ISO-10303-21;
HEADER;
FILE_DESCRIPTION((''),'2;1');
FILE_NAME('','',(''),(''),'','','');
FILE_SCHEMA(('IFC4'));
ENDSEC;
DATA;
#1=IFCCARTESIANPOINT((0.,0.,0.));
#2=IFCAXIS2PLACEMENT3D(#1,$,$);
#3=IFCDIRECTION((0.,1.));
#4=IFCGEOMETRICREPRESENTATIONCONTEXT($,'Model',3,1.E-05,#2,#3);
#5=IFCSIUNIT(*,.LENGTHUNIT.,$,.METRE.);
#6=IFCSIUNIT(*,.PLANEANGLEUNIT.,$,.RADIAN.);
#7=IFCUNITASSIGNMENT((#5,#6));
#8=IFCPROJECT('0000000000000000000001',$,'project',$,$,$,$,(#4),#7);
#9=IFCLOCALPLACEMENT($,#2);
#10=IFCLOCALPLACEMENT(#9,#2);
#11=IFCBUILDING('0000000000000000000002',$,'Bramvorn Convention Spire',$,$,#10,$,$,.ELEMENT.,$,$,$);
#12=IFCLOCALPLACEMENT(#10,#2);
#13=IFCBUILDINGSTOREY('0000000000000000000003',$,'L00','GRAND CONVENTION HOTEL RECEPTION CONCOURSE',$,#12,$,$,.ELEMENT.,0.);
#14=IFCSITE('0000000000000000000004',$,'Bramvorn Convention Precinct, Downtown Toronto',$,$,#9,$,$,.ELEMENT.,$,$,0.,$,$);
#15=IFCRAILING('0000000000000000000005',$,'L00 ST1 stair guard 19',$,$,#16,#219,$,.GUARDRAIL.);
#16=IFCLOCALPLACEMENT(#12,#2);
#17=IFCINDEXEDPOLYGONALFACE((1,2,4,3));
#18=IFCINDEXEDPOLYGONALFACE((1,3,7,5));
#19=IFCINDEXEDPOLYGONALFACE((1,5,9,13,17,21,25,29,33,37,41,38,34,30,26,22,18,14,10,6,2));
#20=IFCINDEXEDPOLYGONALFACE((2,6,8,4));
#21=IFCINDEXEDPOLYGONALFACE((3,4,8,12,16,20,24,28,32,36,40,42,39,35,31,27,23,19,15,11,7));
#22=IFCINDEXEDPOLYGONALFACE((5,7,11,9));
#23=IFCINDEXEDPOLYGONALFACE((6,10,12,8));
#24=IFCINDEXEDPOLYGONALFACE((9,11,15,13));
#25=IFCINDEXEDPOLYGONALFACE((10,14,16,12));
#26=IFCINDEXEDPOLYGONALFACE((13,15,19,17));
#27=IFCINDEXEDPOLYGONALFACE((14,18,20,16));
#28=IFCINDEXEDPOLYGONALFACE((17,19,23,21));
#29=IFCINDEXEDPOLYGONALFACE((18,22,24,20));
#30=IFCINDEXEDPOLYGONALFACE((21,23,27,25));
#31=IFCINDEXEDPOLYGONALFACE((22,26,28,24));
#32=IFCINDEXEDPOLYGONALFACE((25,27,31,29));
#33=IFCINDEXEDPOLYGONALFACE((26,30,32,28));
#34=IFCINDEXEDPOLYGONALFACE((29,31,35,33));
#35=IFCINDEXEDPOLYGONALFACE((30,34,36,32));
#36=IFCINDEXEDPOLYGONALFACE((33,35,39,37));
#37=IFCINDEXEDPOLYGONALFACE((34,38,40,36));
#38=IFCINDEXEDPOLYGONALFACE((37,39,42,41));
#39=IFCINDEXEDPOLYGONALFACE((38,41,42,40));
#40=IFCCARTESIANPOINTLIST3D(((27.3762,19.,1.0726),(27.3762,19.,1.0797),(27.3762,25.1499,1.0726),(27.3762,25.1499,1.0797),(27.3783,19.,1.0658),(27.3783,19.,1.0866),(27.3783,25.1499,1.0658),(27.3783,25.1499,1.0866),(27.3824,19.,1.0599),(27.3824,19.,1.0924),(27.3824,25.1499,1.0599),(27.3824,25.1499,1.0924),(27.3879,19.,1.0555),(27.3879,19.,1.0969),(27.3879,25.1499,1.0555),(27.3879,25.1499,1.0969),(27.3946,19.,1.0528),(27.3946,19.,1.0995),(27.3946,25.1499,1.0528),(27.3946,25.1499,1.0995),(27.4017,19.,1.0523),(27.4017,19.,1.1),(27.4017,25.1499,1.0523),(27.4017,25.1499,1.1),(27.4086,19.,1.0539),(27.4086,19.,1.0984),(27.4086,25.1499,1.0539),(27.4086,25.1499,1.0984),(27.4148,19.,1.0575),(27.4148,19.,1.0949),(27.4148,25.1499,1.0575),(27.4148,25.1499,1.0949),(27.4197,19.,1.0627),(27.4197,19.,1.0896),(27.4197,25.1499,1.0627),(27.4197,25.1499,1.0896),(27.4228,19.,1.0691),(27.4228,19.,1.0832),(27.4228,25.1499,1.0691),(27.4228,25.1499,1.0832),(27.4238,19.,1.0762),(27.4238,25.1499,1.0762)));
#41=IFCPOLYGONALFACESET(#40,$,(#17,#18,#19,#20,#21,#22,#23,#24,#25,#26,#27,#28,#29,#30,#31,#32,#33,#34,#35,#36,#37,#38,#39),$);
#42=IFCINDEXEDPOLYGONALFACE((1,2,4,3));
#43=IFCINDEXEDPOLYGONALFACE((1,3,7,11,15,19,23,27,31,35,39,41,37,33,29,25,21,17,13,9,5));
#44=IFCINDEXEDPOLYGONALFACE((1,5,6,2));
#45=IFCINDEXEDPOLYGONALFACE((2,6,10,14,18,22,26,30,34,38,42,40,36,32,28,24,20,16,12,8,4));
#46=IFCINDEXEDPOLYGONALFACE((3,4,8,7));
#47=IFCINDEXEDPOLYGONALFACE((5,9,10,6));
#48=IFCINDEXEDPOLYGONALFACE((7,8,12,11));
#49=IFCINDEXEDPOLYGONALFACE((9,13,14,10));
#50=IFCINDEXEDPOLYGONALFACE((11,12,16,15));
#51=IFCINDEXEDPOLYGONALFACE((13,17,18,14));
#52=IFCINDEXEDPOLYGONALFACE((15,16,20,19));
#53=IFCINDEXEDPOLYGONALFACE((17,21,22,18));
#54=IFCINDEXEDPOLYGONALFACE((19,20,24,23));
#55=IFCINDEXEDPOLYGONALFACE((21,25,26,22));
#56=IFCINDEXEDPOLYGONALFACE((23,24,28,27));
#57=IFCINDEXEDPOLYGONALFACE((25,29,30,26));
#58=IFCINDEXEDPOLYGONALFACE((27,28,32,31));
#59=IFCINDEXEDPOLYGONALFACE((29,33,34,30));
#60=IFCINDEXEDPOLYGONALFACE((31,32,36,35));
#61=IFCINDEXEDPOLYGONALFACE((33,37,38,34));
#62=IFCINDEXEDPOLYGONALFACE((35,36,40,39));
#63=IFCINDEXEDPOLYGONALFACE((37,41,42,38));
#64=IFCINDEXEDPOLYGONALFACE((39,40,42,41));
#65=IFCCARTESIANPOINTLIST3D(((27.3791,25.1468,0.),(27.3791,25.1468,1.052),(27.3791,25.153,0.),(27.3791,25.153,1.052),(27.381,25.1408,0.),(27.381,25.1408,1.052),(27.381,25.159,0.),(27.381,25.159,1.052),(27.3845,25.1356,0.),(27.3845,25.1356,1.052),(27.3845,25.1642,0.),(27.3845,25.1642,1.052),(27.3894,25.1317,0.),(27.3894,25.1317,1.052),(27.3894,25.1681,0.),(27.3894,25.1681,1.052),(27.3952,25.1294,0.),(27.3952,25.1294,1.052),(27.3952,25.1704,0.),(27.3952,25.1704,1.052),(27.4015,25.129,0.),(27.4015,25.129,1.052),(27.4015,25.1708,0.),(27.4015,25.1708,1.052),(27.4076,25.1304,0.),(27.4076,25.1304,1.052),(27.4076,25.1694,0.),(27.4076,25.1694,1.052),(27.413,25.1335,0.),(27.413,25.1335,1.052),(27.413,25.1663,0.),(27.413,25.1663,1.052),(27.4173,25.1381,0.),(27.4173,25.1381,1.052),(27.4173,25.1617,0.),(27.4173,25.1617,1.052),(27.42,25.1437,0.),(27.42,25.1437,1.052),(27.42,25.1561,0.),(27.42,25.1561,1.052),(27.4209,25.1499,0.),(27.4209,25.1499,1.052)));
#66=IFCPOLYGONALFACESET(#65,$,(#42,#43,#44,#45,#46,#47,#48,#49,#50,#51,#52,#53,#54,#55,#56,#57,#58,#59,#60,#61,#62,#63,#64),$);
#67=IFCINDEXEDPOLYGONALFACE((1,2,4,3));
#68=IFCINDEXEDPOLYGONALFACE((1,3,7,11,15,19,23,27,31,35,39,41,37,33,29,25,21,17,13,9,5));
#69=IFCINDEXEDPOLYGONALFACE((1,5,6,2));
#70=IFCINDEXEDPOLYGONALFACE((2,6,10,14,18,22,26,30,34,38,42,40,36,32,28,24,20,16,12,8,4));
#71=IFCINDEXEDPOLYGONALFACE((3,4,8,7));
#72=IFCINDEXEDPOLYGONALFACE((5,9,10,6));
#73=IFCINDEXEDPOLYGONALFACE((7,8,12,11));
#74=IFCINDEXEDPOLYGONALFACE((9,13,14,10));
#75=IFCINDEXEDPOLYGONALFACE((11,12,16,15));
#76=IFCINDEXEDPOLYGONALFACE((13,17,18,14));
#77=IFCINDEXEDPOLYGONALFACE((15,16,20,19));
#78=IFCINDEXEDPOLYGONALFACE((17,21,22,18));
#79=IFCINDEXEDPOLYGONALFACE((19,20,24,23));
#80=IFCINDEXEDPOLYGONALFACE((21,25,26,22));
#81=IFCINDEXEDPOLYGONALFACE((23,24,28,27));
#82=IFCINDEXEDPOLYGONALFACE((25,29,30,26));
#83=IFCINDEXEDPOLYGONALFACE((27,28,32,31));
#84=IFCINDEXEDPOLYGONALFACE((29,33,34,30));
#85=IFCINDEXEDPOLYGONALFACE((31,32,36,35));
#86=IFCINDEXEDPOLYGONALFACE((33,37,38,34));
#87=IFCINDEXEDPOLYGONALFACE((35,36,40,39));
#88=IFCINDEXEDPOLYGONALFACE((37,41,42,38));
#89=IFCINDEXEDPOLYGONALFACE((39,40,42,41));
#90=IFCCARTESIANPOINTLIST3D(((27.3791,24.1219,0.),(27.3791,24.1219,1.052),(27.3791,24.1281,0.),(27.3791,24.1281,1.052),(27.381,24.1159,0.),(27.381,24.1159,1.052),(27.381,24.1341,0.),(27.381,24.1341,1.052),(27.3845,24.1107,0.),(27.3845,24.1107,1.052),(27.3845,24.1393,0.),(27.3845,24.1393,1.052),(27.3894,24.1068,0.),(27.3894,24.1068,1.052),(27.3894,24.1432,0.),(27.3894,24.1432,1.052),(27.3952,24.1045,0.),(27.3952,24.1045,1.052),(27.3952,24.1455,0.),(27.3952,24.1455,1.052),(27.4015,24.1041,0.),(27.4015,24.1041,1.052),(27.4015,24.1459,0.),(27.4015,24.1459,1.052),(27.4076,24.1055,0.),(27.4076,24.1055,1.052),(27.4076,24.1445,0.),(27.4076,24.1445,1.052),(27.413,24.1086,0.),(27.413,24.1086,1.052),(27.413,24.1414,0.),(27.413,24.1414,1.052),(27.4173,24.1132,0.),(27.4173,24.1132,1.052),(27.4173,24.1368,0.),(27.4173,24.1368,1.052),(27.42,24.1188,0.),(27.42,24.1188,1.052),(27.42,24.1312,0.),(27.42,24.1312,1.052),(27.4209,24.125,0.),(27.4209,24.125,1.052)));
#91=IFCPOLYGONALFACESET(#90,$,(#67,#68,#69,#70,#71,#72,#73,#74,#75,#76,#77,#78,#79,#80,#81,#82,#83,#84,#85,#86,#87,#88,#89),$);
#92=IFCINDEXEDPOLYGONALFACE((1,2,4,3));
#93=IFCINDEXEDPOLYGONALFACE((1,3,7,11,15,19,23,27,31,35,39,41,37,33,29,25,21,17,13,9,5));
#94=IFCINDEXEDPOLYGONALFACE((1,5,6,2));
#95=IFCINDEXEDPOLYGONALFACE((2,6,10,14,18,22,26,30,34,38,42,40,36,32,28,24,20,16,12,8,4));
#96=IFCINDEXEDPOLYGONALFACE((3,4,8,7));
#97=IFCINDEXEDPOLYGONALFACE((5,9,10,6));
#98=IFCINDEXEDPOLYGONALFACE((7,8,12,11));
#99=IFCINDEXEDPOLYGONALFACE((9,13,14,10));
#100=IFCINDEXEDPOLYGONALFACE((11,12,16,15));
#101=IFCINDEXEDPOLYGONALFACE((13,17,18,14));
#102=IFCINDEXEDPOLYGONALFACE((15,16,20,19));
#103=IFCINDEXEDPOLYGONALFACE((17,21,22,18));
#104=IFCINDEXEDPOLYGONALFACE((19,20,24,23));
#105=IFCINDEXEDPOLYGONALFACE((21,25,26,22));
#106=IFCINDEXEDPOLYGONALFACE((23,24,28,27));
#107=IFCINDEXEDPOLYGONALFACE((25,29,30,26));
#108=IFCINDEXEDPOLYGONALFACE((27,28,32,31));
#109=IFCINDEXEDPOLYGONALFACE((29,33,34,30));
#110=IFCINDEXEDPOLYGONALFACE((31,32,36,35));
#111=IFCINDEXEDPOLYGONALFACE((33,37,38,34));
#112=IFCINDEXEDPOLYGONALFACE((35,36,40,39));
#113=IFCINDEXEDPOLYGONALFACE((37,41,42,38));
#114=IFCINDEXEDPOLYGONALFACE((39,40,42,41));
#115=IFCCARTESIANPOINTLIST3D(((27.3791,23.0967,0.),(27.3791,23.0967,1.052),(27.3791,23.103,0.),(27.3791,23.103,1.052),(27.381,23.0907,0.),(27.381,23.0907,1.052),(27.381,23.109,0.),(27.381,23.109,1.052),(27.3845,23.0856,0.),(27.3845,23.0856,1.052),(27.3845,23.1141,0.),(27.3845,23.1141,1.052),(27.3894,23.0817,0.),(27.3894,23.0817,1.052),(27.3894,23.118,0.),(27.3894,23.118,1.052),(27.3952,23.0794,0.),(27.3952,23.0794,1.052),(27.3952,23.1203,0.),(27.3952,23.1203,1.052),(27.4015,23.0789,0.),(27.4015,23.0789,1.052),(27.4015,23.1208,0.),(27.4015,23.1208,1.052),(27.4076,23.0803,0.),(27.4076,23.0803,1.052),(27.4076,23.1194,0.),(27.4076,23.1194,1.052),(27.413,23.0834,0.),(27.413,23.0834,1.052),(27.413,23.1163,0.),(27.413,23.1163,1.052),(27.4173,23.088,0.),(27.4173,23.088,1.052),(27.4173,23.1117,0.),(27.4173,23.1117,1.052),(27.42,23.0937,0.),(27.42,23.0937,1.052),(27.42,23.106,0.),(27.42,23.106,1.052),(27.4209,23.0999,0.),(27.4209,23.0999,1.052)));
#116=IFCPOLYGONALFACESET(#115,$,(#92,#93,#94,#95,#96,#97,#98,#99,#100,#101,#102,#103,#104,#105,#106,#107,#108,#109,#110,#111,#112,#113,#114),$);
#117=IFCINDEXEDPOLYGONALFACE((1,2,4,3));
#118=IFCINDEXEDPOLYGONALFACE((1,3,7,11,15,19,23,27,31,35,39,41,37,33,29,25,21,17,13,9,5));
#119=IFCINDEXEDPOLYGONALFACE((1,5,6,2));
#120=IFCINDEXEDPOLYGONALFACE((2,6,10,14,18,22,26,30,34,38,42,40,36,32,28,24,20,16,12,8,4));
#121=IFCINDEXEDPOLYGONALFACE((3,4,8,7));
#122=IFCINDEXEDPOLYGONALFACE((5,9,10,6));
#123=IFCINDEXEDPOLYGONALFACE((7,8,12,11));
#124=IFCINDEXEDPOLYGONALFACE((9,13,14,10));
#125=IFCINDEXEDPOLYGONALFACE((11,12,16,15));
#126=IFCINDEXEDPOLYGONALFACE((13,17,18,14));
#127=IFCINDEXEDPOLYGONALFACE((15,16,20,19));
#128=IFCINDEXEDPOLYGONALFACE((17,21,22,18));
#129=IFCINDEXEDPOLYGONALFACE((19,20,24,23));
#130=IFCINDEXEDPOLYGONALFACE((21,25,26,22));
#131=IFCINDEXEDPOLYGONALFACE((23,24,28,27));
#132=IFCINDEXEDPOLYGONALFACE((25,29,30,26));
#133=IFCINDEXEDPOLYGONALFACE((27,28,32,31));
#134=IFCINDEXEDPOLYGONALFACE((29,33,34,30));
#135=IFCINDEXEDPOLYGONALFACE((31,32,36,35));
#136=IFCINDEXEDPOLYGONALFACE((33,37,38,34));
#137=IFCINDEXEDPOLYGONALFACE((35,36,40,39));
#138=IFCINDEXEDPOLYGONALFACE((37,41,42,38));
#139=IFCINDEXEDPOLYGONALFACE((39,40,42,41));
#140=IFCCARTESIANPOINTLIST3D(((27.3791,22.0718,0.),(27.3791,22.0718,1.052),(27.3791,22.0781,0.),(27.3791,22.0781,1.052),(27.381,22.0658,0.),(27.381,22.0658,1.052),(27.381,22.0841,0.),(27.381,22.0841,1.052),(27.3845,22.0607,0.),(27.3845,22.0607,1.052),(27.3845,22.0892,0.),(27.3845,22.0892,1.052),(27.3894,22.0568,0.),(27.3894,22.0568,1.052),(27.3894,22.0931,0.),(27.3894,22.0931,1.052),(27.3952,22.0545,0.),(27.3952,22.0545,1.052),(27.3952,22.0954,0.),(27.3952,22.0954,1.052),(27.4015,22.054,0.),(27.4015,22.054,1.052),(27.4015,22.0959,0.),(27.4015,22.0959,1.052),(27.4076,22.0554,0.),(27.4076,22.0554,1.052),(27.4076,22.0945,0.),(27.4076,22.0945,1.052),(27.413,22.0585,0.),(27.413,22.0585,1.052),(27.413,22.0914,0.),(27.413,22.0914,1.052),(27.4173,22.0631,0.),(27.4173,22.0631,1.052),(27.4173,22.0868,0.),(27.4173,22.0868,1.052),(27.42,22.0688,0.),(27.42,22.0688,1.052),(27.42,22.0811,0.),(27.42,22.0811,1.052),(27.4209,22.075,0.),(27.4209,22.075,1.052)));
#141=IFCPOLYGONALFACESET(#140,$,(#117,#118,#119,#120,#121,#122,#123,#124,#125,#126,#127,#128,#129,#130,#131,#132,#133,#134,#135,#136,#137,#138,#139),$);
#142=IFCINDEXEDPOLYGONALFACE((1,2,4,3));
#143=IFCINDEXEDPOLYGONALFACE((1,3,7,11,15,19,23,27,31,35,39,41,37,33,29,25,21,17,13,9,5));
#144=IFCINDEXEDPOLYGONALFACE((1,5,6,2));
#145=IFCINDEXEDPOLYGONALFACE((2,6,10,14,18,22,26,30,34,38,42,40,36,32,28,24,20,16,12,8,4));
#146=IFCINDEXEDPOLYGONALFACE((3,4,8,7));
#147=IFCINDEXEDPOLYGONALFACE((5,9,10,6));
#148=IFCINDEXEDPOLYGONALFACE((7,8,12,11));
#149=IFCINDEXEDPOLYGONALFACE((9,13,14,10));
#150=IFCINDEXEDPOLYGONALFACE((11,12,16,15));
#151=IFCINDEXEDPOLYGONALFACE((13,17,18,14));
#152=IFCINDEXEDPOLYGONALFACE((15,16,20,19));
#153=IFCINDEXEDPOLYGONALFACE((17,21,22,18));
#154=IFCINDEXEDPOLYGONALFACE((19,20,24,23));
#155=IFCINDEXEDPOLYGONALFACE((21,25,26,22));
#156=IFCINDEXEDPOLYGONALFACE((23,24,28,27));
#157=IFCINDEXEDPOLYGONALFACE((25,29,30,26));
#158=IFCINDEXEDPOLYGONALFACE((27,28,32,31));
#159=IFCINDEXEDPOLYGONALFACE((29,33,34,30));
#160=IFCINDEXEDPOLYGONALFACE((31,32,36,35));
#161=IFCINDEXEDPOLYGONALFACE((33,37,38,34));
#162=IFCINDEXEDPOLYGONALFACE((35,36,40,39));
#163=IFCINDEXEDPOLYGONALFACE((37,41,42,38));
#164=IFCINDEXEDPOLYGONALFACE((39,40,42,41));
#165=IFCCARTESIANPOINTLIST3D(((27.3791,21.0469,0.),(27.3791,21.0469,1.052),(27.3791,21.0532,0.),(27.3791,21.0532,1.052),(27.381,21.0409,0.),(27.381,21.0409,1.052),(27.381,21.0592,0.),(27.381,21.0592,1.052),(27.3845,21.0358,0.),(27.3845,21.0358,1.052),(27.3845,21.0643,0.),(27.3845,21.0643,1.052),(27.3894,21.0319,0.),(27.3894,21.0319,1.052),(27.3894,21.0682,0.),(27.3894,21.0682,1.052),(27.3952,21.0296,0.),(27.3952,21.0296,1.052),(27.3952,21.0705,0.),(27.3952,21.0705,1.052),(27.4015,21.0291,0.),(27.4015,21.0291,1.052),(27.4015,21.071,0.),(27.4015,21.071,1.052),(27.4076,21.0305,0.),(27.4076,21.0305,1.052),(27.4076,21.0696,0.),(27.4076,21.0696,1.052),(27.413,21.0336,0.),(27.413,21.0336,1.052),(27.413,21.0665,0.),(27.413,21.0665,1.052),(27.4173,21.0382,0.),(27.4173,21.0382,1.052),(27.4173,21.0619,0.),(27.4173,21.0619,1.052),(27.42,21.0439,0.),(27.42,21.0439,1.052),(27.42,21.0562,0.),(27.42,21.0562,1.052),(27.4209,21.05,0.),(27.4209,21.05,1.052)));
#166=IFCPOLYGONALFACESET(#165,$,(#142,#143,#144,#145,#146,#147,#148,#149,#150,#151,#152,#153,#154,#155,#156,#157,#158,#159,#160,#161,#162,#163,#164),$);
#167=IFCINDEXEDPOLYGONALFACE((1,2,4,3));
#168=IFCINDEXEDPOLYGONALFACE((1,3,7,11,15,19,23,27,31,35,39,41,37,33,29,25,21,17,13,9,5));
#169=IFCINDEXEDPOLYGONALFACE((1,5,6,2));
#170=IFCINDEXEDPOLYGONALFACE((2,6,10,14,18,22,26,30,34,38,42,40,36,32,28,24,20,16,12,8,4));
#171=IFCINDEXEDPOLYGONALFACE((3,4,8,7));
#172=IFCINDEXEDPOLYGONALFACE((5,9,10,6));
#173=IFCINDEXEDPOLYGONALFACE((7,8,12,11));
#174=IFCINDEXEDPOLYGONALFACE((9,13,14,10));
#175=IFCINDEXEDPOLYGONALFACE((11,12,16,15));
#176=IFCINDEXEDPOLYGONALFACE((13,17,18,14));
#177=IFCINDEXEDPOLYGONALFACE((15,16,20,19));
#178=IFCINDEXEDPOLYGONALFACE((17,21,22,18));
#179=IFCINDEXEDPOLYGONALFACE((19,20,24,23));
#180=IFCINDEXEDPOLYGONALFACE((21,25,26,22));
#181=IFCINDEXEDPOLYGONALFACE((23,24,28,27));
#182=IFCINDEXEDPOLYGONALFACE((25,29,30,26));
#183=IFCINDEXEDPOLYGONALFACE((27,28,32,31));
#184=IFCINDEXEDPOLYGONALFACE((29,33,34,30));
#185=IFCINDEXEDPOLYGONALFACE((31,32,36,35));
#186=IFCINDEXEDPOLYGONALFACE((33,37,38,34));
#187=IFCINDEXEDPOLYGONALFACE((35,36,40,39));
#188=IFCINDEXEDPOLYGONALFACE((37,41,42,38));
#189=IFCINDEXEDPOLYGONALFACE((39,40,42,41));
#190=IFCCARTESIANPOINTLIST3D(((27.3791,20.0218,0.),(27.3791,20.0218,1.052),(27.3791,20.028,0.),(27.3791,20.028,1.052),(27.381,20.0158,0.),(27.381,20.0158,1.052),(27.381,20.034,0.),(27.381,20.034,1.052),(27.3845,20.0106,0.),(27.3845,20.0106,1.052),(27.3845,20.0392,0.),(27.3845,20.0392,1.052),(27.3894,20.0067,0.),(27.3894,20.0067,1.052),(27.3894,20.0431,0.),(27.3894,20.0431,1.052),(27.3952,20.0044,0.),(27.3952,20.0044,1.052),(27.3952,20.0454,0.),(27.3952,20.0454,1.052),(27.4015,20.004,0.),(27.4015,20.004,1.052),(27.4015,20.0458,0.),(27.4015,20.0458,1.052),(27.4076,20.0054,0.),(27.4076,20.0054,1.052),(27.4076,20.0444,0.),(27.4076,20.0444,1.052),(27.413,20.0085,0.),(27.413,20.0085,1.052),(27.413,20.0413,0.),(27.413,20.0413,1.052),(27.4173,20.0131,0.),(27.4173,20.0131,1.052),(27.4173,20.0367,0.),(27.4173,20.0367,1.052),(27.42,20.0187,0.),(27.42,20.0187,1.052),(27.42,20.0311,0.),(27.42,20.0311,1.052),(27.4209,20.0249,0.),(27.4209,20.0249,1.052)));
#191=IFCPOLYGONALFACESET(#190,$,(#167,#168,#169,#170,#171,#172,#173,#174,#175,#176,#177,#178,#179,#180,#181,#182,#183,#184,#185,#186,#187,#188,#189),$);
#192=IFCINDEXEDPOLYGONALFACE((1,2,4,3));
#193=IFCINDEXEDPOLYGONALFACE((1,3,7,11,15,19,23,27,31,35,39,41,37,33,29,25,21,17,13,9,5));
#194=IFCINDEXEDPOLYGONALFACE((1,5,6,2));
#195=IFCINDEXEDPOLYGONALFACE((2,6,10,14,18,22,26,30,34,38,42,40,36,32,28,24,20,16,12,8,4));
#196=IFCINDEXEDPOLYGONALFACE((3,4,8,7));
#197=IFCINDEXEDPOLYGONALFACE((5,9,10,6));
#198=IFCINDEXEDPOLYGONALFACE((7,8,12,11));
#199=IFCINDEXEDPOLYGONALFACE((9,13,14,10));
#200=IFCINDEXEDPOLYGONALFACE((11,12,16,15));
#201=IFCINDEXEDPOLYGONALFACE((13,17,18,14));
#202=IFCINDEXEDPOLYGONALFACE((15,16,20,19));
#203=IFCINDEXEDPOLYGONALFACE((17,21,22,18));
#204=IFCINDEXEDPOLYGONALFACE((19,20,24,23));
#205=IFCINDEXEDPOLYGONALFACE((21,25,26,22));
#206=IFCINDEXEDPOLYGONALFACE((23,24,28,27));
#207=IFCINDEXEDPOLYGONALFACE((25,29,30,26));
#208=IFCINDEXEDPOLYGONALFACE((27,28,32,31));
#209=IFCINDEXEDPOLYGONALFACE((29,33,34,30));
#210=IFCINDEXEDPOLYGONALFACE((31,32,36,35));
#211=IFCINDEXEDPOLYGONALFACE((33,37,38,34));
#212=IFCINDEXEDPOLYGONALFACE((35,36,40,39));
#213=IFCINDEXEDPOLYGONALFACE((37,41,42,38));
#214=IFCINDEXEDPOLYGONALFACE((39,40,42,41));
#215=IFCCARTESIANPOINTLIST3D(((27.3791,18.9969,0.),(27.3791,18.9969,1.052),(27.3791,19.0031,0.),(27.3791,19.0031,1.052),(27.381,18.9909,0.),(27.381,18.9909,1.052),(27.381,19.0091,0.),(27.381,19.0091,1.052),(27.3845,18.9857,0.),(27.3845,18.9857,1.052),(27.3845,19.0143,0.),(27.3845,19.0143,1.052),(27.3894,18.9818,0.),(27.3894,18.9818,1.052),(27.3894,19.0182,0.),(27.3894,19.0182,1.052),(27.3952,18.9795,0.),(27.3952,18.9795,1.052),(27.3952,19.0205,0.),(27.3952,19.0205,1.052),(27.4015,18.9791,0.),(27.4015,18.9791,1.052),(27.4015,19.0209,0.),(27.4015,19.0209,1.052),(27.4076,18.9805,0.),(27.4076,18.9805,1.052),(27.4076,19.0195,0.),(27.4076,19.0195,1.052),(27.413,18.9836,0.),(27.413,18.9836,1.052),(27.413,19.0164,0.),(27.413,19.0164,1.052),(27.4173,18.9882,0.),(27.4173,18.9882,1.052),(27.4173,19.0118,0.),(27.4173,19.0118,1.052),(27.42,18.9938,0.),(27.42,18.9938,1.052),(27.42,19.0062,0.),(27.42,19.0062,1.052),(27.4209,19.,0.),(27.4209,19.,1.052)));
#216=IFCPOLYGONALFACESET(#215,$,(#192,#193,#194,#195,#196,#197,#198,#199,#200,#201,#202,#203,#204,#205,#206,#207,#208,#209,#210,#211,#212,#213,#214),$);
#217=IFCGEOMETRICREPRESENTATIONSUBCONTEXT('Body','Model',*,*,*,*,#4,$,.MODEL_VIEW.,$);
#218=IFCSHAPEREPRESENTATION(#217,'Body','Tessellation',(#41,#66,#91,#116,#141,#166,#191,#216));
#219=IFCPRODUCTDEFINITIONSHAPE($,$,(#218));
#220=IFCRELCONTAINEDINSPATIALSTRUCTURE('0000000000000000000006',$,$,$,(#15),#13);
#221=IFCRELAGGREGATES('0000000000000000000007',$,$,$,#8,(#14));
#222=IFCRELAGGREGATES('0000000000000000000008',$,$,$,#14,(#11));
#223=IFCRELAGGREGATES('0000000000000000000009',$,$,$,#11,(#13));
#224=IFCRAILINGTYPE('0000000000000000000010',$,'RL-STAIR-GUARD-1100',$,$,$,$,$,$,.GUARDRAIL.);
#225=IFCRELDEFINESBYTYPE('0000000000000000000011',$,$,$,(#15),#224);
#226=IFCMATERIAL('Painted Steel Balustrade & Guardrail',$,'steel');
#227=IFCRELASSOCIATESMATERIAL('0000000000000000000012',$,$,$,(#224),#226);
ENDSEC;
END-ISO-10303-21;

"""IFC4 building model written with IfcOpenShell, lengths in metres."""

from ifc_helpers import new_model, si_unit, direction, frame, origin, origin_2d, place, context, subcontext, project, spatial, circle, extrude, material, type_object, element, save


model = new_model("IFC4")

# Units and contexts
model_context = context("Model", 3, precision=1e-05, world=origin(), true_north=direction((0.0, 1.0)))
body_context = subcontext(model_context, "Body", "Model", "MODEL_VIEW")
ifc_project = project(units=[si_unit("LENGTHUNIT", "METRE"), si_unit("PLANEANGLEUNIT", "RADIAN")], contexts=[model_context])

# Site, building, storey
site_placement = place(None, origin())
site = spatial("IfcSite", under=ifc_project, at=site_placement, Name="Bramvorn Convention Precinct, Downtown Toronto", CompositionType="ELEMENT", RefElevation=0.0)
building_placement = place(site_placement, origin())
building = spatial("IfcBuilding", under=site, at=building_placement, Name="Bramvorn Convention Spire", CompositionType="ELEMENT")
storey_placement = place(building_placement, origin())
storey = spatial("IfcBuildingStorey", under=building, at=storey_placement, Name="L00", Description="GRAND CONVENTION HOTEL RECEPTION CONCOURSE", CompositionType="ELEMENT", Elevation=0.0)

# Railing
ifc_material_1 = material(Name="Painted Steel Balustrade & Guardrail", Category="steel")
railing_type = type_object("IfcRailingType", Name="RL-STAIR-GUARD-1100", PredefinedType="GUARDRAIL", material=ifc_material_1)
for number, where, name in (
    (1, (27.3999, 25.1499, 0.0), "L00 ST1 stair guard 19"),
):
    element("IfcRailing", number, at=place(storey_placement, frame(where)), inside=storey, type_object=railing_type, Name=name, PredefinedType="GUARDRAIL", context=body_context, shape_type="SweptSolid", body=[
        extrude(circle(Radius=0.0239, at=origin_2d()), frame((0.0, 0.0, 1.0762), z_axis=(0.0, -1.0, 0.0), x_axis=(1.0, 0.0, 0.0)), (0.0, 0.0, 1.0), 6.1499),
        extrude(circle(Radius=0.021, at=origin_2d()), origin(), (0.0, 0.0, 1.0), 1.052),
        extrude(circle(Radius=0.021, at=origin_2d()), frame((0.0, -1.0249, 0.0)), (0.0, 0.0, 1.0), 1.052),
        extrude(circle(Radius=0.021, at=origin_2d()), frame((0.0, -2.05, 0.0)), (0.0, 0.0, 1.0), 1.052),
        extrude(circle(Radius=0.021, at=origin_2d()), frame((0.0, -3.075, 0.0)), (0.0, 0.0, 1.0), 1.052),
        extrude(circle(Radius=0.021, at=origin_2d()), frame((0.0, -4.0999, 0.0)), (0.0, 0.0, 1.0), 1.052),
        extrude(circle(Radius=0.021, at=origin_2d()), frame((0.0, -5.125, 0.0)), (0.0, 0.0, 1.0), 1.052),
        extrude(circle(Radius=0.021, at=origin_2d()), frame((0.0, -6.1499, 0.0)), (0.0, 0.0, 1.0), 1.052),
    ])

save(model, "model.ifc")
